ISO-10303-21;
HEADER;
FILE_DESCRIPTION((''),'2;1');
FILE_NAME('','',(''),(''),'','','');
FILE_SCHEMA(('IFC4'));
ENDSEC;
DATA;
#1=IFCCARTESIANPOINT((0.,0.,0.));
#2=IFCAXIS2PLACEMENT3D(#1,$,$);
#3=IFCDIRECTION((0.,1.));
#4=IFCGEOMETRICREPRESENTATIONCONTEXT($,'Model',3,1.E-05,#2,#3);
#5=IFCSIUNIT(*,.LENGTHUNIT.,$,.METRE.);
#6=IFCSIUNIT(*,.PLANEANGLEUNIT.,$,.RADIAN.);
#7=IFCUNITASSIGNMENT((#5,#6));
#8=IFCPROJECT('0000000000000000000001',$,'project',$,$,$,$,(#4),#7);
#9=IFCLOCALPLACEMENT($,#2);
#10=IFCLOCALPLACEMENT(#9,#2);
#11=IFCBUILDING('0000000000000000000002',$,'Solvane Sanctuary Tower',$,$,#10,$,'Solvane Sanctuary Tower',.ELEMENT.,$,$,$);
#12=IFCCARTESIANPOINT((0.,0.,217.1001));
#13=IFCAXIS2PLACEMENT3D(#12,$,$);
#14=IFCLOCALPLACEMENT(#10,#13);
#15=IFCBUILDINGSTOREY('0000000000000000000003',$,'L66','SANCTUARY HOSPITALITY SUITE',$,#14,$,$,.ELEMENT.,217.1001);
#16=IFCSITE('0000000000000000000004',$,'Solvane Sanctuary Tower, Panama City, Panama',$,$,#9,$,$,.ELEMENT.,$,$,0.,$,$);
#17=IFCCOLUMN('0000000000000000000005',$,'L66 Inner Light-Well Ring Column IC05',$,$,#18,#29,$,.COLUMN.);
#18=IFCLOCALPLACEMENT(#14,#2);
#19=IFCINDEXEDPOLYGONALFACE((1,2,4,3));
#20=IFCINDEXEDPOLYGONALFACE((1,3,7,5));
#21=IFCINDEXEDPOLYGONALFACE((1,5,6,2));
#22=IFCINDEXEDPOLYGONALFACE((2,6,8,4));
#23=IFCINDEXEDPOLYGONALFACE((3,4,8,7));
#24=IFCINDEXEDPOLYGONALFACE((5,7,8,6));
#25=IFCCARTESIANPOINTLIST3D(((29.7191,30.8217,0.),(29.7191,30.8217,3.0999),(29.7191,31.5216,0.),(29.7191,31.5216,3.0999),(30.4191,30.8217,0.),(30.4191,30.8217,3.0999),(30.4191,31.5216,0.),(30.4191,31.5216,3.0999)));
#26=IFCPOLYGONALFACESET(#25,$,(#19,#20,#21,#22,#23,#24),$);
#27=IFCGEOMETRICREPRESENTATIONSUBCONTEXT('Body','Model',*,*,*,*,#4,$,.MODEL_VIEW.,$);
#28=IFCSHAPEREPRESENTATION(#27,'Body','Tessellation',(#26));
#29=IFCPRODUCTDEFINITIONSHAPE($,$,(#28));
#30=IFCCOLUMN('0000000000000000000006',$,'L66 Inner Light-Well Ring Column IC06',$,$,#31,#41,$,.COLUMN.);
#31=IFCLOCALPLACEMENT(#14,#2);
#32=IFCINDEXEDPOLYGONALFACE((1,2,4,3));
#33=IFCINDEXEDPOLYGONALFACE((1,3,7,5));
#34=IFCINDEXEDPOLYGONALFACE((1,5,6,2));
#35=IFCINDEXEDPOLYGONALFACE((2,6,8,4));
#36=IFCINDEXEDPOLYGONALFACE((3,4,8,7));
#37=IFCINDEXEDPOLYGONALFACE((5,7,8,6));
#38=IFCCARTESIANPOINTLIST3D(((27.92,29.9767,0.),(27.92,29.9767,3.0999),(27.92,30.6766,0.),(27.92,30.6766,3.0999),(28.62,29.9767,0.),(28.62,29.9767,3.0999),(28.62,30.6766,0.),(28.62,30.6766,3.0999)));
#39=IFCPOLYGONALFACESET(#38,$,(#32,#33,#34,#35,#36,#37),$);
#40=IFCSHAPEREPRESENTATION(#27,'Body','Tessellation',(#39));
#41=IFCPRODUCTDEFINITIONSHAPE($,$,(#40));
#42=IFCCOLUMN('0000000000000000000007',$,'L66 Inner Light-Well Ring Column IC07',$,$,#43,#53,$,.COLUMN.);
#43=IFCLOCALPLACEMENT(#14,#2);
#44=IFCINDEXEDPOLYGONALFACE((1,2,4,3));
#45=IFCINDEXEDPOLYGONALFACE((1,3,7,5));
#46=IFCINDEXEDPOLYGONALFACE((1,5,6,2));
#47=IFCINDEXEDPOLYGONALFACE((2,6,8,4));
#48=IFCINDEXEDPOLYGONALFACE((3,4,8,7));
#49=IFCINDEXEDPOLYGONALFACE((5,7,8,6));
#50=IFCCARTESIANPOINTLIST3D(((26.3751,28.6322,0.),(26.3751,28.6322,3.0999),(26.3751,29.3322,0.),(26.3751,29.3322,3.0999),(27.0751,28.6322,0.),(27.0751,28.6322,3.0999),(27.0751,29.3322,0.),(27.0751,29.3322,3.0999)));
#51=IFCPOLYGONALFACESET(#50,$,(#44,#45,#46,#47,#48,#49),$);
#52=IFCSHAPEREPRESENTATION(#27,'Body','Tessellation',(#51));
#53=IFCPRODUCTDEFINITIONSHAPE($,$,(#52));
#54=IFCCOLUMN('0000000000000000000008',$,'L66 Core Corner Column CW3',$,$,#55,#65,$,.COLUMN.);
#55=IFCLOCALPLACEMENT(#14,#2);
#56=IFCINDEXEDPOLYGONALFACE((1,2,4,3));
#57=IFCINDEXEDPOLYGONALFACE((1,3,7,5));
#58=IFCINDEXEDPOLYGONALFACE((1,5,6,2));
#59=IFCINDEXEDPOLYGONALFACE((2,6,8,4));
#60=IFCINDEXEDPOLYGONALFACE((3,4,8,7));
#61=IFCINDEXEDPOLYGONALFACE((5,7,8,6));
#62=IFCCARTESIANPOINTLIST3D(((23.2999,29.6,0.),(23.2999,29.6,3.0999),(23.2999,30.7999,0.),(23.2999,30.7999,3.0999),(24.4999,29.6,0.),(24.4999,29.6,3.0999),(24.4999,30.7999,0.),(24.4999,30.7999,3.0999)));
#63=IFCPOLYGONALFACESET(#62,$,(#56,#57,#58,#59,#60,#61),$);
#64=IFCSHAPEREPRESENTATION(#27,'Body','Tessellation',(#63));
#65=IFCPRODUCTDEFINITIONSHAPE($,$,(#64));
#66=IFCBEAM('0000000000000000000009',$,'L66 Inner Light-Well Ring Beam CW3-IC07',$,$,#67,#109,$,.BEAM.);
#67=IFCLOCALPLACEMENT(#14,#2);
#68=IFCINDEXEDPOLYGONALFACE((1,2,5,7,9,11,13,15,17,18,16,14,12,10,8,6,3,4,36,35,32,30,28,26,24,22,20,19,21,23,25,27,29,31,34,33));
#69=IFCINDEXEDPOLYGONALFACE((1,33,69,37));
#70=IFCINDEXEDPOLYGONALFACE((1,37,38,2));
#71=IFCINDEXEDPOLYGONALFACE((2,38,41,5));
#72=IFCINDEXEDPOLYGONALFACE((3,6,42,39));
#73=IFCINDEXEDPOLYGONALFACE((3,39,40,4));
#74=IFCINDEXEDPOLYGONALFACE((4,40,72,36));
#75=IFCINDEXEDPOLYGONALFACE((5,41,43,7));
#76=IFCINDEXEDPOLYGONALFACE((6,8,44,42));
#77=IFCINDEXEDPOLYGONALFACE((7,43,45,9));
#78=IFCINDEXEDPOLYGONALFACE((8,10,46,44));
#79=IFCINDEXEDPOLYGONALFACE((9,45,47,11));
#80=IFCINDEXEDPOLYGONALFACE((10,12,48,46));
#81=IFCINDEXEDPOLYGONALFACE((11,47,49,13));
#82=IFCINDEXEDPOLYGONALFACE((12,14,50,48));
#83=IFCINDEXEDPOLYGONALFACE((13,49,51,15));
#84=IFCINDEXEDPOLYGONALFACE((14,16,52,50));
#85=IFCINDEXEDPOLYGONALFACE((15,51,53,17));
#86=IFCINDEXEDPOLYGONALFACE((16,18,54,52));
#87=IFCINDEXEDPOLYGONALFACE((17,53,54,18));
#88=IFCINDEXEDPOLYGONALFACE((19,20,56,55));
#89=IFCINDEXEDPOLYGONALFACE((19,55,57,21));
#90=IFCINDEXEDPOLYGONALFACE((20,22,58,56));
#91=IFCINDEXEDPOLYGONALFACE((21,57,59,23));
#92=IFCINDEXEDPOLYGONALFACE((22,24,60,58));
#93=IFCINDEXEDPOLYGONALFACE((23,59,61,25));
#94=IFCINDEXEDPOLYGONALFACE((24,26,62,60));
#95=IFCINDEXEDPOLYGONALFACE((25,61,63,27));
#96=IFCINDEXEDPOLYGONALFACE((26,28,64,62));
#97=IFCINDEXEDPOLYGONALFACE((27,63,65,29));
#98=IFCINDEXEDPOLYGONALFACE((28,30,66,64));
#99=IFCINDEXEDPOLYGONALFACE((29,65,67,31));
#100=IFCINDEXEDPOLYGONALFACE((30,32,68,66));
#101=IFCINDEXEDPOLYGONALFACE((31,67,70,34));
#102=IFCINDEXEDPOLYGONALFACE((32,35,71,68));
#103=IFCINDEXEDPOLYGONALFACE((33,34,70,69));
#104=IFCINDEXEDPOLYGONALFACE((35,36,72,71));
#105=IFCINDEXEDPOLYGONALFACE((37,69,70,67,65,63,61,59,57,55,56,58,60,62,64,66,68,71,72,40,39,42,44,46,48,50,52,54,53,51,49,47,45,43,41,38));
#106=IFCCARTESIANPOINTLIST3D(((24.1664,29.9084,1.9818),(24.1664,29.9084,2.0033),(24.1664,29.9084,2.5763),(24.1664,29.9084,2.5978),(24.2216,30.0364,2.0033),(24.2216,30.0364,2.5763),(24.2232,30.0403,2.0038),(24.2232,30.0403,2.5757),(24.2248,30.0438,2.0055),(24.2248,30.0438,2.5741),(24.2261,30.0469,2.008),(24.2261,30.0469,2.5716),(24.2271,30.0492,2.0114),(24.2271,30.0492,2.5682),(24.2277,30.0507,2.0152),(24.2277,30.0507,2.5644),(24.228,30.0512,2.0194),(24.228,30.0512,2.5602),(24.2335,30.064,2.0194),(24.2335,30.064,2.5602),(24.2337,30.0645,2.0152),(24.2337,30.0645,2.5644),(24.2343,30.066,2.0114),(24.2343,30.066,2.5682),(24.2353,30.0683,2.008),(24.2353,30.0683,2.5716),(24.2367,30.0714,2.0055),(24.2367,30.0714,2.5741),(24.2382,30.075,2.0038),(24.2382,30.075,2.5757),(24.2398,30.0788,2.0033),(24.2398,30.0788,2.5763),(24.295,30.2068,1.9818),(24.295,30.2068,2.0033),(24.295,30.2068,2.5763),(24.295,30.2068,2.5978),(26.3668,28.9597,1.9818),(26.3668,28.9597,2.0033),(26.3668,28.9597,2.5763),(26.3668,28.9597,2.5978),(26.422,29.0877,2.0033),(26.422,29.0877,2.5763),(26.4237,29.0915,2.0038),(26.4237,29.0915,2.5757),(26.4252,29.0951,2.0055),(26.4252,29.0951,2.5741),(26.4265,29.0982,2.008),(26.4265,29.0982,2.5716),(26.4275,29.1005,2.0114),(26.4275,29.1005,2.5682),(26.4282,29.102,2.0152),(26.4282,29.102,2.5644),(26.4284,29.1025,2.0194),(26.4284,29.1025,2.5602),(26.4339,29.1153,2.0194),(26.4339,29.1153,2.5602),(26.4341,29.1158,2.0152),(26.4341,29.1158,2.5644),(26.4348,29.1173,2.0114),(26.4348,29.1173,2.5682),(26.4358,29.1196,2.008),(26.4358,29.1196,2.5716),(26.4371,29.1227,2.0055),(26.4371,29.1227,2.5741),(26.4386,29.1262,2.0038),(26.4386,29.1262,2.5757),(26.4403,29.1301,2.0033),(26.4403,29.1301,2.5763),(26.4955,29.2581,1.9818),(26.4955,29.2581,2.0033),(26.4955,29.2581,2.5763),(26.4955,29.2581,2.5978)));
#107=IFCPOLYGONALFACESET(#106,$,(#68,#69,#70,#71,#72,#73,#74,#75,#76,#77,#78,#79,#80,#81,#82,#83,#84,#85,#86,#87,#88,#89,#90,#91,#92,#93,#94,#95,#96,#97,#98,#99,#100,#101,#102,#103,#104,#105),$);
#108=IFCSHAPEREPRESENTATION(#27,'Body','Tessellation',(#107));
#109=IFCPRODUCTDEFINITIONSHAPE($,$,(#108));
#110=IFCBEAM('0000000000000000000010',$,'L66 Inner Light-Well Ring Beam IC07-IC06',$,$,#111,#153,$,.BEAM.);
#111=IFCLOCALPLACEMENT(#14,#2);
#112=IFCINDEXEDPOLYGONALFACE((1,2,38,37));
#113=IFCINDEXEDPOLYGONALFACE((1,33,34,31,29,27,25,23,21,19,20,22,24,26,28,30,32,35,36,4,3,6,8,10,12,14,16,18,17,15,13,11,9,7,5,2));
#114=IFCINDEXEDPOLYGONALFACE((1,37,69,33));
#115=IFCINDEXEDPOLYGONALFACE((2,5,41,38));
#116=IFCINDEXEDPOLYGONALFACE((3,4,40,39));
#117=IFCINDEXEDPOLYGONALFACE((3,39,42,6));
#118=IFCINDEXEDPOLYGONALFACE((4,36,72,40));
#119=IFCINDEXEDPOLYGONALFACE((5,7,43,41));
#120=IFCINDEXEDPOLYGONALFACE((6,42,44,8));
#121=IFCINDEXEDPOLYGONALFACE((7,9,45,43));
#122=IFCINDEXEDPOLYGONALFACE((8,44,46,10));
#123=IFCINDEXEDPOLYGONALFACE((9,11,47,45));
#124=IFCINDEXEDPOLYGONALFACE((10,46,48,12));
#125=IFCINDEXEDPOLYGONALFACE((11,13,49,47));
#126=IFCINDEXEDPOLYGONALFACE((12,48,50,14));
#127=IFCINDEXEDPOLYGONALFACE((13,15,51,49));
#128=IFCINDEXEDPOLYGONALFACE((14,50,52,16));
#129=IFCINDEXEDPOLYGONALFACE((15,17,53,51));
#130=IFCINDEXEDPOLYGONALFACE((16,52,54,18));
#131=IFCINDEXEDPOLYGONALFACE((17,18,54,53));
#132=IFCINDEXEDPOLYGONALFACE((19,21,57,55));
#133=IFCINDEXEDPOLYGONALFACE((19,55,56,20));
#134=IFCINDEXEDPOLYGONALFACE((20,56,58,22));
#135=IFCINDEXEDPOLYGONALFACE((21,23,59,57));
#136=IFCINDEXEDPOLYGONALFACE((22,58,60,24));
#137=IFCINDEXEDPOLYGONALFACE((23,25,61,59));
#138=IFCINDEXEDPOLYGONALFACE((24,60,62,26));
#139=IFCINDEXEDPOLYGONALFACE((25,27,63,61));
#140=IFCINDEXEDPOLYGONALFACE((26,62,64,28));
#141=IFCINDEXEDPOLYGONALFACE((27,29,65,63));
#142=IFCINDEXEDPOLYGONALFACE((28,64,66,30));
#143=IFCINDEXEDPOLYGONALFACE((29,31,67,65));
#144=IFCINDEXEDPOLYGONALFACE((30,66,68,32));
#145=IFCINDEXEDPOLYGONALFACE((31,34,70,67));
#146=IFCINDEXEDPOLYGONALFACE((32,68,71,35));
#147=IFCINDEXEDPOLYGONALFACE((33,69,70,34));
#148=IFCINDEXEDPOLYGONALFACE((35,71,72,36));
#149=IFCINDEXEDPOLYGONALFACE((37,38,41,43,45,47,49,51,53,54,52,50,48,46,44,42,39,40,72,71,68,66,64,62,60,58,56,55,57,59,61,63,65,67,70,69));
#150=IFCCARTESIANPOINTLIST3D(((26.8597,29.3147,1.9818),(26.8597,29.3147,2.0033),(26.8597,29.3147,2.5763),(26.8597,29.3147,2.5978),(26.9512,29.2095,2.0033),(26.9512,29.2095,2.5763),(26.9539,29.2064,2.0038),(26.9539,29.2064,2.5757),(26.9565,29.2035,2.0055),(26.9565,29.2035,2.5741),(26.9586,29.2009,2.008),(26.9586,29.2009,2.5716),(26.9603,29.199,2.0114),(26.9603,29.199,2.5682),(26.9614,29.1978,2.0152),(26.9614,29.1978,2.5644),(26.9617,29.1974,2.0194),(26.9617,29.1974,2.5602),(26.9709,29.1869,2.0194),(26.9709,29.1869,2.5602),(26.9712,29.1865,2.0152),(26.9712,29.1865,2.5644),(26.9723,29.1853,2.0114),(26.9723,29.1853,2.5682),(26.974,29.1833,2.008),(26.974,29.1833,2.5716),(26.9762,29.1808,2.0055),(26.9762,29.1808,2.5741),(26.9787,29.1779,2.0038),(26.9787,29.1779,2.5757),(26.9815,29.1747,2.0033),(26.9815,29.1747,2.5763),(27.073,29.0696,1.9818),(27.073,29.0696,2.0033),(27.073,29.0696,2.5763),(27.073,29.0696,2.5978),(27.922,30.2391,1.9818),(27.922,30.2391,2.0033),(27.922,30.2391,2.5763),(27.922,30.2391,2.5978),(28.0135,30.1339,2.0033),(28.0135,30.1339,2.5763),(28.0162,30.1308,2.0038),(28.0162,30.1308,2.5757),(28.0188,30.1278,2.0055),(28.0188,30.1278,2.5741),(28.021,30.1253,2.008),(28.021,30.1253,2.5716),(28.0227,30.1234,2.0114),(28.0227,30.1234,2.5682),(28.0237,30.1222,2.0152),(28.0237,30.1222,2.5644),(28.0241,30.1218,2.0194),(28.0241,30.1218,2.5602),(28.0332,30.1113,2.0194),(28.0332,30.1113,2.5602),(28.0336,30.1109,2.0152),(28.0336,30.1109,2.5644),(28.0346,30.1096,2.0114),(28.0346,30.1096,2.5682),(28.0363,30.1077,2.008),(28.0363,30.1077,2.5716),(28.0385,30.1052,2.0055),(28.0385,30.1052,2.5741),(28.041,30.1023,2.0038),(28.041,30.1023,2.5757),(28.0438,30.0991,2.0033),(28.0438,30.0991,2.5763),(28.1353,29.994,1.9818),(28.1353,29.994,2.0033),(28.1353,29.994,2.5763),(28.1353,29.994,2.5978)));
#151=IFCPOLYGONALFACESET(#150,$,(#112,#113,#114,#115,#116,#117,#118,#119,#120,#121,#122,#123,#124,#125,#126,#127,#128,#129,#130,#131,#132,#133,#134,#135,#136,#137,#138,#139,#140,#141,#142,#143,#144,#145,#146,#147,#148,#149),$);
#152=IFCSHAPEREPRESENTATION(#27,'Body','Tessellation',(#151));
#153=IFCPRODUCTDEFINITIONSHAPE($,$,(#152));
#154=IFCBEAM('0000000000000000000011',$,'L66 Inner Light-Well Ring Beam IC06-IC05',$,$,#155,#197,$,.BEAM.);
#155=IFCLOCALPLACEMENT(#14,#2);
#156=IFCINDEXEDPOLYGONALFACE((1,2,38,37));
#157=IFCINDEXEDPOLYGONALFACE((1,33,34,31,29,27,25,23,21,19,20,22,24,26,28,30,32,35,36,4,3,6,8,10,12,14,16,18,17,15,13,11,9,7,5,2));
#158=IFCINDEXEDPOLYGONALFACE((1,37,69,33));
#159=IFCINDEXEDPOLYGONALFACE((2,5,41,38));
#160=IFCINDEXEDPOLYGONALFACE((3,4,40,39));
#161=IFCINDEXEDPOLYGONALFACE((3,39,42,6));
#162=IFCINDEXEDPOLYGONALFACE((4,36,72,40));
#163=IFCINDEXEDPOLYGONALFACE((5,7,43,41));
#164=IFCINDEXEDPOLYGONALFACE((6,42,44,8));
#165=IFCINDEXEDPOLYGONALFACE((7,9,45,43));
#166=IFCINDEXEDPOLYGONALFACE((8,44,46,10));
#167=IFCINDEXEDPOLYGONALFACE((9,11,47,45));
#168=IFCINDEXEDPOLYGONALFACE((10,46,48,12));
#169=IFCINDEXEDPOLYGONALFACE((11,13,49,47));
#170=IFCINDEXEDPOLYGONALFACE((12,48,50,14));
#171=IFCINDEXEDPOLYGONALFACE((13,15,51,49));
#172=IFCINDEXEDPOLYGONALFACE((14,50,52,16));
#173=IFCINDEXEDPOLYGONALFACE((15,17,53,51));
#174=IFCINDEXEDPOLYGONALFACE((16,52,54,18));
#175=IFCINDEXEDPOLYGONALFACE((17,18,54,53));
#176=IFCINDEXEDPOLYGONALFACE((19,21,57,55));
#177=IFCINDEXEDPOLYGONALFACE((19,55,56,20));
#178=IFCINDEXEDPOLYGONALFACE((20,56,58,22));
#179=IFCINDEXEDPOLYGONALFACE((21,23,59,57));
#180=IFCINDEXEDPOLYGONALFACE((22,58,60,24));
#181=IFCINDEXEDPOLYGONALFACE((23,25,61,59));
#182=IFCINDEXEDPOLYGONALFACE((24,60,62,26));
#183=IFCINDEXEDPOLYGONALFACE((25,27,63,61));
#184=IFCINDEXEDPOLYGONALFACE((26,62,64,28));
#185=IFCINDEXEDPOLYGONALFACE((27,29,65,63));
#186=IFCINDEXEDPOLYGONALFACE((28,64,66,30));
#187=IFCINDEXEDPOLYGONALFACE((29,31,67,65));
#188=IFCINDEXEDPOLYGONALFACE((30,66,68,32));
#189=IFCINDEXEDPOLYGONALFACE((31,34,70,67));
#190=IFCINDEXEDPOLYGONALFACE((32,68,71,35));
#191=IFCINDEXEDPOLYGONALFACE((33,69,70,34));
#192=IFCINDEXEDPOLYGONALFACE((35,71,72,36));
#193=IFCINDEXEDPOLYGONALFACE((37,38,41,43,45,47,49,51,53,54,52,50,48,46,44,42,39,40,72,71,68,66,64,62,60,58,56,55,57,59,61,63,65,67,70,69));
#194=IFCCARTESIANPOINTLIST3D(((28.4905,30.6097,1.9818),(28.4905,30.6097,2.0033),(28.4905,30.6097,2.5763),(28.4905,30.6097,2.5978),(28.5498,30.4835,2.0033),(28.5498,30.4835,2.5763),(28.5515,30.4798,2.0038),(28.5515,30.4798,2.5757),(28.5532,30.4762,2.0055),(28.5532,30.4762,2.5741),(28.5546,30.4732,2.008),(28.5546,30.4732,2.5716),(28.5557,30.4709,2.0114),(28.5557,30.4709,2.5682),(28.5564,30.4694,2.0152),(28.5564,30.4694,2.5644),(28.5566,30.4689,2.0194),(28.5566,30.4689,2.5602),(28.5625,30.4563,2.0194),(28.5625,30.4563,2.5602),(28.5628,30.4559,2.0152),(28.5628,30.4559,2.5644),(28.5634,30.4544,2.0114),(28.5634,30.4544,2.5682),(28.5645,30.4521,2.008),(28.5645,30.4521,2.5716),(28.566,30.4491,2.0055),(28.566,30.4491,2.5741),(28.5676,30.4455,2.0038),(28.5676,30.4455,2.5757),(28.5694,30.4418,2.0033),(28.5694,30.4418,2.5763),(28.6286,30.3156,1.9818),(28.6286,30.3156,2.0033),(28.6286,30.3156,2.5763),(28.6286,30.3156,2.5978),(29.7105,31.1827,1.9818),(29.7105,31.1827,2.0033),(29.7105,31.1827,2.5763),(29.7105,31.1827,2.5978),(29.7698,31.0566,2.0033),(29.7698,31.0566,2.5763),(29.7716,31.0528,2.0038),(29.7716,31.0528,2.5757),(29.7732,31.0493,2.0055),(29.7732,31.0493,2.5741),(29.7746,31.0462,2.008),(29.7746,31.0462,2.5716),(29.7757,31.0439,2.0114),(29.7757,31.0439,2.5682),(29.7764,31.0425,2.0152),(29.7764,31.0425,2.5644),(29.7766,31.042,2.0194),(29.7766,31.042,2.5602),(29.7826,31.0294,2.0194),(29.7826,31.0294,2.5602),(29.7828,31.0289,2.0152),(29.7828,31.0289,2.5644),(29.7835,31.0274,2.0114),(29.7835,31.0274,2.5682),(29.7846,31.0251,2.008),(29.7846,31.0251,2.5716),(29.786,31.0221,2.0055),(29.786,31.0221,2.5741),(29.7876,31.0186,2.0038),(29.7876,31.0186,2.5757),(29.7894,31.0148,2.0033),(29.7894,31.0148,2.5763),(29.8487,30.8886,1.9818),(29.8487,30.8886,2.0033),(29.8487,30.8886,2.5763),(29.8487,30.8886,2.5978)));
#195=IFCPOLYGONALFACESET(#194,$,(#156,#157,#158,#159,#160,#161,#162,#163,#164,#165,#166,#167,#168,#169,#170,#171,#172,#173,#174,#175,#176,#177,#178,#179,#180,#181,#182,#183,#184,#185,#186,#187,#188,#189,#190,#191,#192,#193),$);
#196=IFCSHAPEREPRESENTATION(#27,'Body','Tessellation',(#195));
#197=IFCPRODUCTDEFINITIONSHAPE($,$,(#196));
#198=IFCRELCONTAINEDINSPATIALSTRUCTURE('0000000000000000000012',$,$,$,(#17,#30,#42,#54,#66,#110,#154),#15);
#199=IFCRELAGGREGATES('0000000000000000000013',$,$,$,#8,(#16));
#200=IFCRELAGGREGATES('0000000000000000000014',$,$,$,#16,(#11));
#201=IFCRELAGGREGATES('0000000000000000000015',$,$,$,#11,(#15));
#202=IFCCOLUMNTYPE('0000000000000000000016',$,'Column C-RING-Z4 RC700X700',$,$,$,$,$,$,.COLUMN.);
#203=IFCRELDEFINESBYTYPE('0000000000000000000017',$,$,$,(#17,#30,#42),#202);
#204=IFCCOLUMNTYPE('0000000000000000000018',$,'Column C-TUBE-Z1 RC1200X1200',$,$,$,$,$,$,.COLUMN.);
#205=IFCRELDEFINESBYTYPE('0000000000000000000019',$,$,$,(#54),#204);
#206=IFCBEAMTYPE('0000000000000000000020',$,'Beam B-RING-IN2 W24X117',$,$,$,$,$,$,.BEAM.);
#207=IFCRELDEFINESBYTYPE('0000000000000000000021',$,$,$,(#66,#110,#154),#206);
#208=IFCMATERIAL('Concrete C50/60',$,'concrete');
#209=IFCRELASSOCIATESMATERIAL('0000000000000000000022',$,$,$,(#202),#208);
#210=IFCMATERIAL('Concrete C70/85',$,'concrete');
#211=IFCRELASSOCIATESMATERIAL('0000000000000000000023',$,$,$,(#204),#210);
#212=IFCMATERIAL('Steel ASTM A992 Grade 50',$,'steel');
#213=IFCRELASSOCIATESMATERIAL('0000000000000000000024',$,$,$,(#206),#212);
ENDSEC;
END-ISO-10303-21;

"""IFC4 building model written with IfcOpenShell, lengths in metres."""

from ifc_helpers import new_model, si_unit, direction, frame, origin, origin_2d, place, context, subcontext, project, spatial, rectangle, i_section, extrude, material, material_profile, profile_set, type_object, element, save


model = new_model("IFC4")

# Units and contexts
model_context = context("Model", 3, precision=1e-05, world=origin(), true_north=direction((0.0, 1.0)))
body_context = subcontext(model_context, "Body", "Model", "MODEL_VIEW")
ifc_project = project(units=[si_unit("LENGTHUNIT", "METRE"), si_unit("PLANEANGLEUNIT", "RADIAN")], contexts=[model_context])

# Site, building, storey
site_placement = place(None, origin())
site = spatial("IfcSite", under=ifc_project, at=site_placement, Name="Solvane Sanctuary Tower, Panama City, Panama", CompositionType="ELEMENT", RefElevation=0.0)
building_placement = place(site_placement, origin())
building = spatial("IfcBuilding", under=site, at=building_placement, Name="Solvane Sanctuary Tower", LongName="Solvane Sanctuary Tower", CompositionType="ELEMENT")
storey_placement = place(building_placement, frame((0.0, 0.0, 217.1001)))
storey = spatial("IfcBuildingStorey", under=building, at=storey_placement, Name="L66", Description="SANCTUARY HOSPITALITY SUITE", CompositionType="ELEMENT", Elevation=217.1001)

# Columns
ifc_material_1 = material(Name="Concrete C50/60", Category="concrete")
ifc_material_profile_1 = material_profile(ifc_material_1, rectangle(XDim=0.7, YDim=0.7, at=origin_2d()), Name="RC700X700")
ifc_profile_set_1 = profile_set([ifc_material_profile_1], Name="Concrete C50/60")
column_type_1 = type_object("IfcColumnType", Name="Column C-RING-Z4 RC700X700", PredefinedType="COLUMN", material=ifc_profile_set_1)
for number, where, z_axis, x_axis, name in (
    (1, (30.0691, 31.1716, 0.0), (0.0, 0.0, 1.0), (1.0, 0.0, 0.0), "L66 Inner Light-Well Ring Column IC05"),
    (2, (28.27, 30.3267, 0.0), (0.0, 0.0, 1.0), (1.0, 0.0, 0.0), "L66 Inner Light-Well Ring Column IC06"),
    (3, (26.7251, 28.9822, 0.0), (0.0, 0.0, 1.0), (1.0, 0.0, 0.0), "L66 Inner Light-Well Ring Column IC07"),
):
    element("IfcColumn", number, at=place(storey_placement, frame(where, z_axis=z_axis, x_axis=x_axis)), inside=storey, type_object=column_type_1, Name=name, PredefinedType="COLUMN", context=body_context, shape_type="SweptSolid", body=[
        extrude(rectangle(XDim=0.7, YDim=0.7, at=origin_2d()), origin(), (0.0, 0.0, 1.0), 3.0999),
    ])
ifc_material_2 = material(Name="Concrete C70/85", Category="concrete")
ifc_material_profile_2 = material_profile(ifc_material_2, rectangle(XDim=1.2, YDim=1.2, at=origin_2d()), Name="RC1200X1200")
ifc_profile_set_2 = profile_set([ifc_material_profile_2], Name="Concrete C70/85")
column_type_2 = type_object("IfcColumnType", Name="Column C-TUBE-Z1 RC1200X1200", PredefinedType="COLUMN", material=ifc_profile_set_2)
column_placement = place(storey_placement, frame((23.8999, 30.2, 0.0), z_axis=(0.0, 0.0, 1.0), x_axis=(1.0, 0.0, 0.0)))
element("IfcColumn", 4, at=column_placement, inside=storey, type_object=column_type_2, Name="L66 Core Corner Column CW3", PredefinedType="COLUMN", context=body_context, shape_type="SweptSolid", body=[
    extrude(rectangle(XDim=1.2, YDim=1.2, at=origin_2d()), origin(), (0.0, 0.0, 1.0), 3.0999),
])

# Beams
ifc_material_3 = material(Name="Steel ASTM A992 Grade 50", Category="steel")
ifc_material_profile_3 = material_profile(ifc_material_3, i_section(OverallWidth=0.325, OverallDepth=0.616, WebThickness=0.0139, FlangeThickness=0.0215, FilletRadius=0.0161, at=origin_2d()), Name="W24X117")
ifc_profile_set_3 = profile_set([ifc_material_profile_3], Name="Steel ASTM A992 Grade 50")
beam_type_1 = type_object("IfcBeamType", Name="Beam B-RING-IN2 W24X117", PredefinedType="BEAM", material=ifc_profile_set_3)
beam_1_placement = place(storey_placement, frame((24.2307, 30.0576, 2.2898), z_axis=(0.918284, -0.395923, 0.0), x_axis=(0.395923, 0.918284, 0.0)))
element("IfcBeam", 5, at=beam_1_placement, inside=storey, type_object=beam_type_1, Name="L66 Inner Light-Well Ring Beam CW3-IC07", PredefinedType="BEAM", context=body_context, shape_type="SweptSolid", body=[
    extrude(i_section(OverallWidth=0.325, OverallDepth=0.616, WebThickness=0.0139, FlangeThickness=0.0215, FilletRadius=0.0161, at=origin_2d()), origin(), (0.0, 0.0, 1.0), 2.3962),
])
beam_2_placement = place(storey_placement, frame((26.9663, 29.1921, 2.2898), z_axis=(0.754389, 0.656428, 0.0), x_axis=(-0.656428, 0.754389, 0.0)))
element("IfcBeam", 6, at=beam_2_placement, inside=storey, type_object=beam_type_1, Name="L66 Inner Light-Well Ring Beam IC07-IC06", PredefinedType="BEAM", context=body_context, shape_type="SweptSolid", body=[
    extrude(i_section(OverallWidth=0.325, OverallDepth=0.616, WebThickness=0.0139, FlangeThickness=0.0215, FilletRadius=0.0161, at=origin_2d()), origin(), (0.0, 0.0, 1.0), 1.4082),
])
beam_3_placement = place(storey_placement, frame((28.5596, 30.4626, 2.2898), z_axis=(0.905135, 0.425125, 0.0), x_axis=(-0.425125, 0.905135, 0.0)))
element("IfcBeam", 7, at=beam_3_placement, inside=storey, type_object=beam_type_1, Name="L66 Inner Light-Well Ring Beam IC06-IC05", PredefinedType="BEAM", context=body_context, shape_type="SweptSolid", body=[
    extrude(i_section(OverallWidth=0.325, OverallDepth=0.616, WebThickness=0.0139, FlangeThickness=0.0215, FilletRadius=0.0161, at=origin_2d()), origin(), (0.0, 0.0, 1.0), 1.3479),
])

save(model, "model.ifc")
